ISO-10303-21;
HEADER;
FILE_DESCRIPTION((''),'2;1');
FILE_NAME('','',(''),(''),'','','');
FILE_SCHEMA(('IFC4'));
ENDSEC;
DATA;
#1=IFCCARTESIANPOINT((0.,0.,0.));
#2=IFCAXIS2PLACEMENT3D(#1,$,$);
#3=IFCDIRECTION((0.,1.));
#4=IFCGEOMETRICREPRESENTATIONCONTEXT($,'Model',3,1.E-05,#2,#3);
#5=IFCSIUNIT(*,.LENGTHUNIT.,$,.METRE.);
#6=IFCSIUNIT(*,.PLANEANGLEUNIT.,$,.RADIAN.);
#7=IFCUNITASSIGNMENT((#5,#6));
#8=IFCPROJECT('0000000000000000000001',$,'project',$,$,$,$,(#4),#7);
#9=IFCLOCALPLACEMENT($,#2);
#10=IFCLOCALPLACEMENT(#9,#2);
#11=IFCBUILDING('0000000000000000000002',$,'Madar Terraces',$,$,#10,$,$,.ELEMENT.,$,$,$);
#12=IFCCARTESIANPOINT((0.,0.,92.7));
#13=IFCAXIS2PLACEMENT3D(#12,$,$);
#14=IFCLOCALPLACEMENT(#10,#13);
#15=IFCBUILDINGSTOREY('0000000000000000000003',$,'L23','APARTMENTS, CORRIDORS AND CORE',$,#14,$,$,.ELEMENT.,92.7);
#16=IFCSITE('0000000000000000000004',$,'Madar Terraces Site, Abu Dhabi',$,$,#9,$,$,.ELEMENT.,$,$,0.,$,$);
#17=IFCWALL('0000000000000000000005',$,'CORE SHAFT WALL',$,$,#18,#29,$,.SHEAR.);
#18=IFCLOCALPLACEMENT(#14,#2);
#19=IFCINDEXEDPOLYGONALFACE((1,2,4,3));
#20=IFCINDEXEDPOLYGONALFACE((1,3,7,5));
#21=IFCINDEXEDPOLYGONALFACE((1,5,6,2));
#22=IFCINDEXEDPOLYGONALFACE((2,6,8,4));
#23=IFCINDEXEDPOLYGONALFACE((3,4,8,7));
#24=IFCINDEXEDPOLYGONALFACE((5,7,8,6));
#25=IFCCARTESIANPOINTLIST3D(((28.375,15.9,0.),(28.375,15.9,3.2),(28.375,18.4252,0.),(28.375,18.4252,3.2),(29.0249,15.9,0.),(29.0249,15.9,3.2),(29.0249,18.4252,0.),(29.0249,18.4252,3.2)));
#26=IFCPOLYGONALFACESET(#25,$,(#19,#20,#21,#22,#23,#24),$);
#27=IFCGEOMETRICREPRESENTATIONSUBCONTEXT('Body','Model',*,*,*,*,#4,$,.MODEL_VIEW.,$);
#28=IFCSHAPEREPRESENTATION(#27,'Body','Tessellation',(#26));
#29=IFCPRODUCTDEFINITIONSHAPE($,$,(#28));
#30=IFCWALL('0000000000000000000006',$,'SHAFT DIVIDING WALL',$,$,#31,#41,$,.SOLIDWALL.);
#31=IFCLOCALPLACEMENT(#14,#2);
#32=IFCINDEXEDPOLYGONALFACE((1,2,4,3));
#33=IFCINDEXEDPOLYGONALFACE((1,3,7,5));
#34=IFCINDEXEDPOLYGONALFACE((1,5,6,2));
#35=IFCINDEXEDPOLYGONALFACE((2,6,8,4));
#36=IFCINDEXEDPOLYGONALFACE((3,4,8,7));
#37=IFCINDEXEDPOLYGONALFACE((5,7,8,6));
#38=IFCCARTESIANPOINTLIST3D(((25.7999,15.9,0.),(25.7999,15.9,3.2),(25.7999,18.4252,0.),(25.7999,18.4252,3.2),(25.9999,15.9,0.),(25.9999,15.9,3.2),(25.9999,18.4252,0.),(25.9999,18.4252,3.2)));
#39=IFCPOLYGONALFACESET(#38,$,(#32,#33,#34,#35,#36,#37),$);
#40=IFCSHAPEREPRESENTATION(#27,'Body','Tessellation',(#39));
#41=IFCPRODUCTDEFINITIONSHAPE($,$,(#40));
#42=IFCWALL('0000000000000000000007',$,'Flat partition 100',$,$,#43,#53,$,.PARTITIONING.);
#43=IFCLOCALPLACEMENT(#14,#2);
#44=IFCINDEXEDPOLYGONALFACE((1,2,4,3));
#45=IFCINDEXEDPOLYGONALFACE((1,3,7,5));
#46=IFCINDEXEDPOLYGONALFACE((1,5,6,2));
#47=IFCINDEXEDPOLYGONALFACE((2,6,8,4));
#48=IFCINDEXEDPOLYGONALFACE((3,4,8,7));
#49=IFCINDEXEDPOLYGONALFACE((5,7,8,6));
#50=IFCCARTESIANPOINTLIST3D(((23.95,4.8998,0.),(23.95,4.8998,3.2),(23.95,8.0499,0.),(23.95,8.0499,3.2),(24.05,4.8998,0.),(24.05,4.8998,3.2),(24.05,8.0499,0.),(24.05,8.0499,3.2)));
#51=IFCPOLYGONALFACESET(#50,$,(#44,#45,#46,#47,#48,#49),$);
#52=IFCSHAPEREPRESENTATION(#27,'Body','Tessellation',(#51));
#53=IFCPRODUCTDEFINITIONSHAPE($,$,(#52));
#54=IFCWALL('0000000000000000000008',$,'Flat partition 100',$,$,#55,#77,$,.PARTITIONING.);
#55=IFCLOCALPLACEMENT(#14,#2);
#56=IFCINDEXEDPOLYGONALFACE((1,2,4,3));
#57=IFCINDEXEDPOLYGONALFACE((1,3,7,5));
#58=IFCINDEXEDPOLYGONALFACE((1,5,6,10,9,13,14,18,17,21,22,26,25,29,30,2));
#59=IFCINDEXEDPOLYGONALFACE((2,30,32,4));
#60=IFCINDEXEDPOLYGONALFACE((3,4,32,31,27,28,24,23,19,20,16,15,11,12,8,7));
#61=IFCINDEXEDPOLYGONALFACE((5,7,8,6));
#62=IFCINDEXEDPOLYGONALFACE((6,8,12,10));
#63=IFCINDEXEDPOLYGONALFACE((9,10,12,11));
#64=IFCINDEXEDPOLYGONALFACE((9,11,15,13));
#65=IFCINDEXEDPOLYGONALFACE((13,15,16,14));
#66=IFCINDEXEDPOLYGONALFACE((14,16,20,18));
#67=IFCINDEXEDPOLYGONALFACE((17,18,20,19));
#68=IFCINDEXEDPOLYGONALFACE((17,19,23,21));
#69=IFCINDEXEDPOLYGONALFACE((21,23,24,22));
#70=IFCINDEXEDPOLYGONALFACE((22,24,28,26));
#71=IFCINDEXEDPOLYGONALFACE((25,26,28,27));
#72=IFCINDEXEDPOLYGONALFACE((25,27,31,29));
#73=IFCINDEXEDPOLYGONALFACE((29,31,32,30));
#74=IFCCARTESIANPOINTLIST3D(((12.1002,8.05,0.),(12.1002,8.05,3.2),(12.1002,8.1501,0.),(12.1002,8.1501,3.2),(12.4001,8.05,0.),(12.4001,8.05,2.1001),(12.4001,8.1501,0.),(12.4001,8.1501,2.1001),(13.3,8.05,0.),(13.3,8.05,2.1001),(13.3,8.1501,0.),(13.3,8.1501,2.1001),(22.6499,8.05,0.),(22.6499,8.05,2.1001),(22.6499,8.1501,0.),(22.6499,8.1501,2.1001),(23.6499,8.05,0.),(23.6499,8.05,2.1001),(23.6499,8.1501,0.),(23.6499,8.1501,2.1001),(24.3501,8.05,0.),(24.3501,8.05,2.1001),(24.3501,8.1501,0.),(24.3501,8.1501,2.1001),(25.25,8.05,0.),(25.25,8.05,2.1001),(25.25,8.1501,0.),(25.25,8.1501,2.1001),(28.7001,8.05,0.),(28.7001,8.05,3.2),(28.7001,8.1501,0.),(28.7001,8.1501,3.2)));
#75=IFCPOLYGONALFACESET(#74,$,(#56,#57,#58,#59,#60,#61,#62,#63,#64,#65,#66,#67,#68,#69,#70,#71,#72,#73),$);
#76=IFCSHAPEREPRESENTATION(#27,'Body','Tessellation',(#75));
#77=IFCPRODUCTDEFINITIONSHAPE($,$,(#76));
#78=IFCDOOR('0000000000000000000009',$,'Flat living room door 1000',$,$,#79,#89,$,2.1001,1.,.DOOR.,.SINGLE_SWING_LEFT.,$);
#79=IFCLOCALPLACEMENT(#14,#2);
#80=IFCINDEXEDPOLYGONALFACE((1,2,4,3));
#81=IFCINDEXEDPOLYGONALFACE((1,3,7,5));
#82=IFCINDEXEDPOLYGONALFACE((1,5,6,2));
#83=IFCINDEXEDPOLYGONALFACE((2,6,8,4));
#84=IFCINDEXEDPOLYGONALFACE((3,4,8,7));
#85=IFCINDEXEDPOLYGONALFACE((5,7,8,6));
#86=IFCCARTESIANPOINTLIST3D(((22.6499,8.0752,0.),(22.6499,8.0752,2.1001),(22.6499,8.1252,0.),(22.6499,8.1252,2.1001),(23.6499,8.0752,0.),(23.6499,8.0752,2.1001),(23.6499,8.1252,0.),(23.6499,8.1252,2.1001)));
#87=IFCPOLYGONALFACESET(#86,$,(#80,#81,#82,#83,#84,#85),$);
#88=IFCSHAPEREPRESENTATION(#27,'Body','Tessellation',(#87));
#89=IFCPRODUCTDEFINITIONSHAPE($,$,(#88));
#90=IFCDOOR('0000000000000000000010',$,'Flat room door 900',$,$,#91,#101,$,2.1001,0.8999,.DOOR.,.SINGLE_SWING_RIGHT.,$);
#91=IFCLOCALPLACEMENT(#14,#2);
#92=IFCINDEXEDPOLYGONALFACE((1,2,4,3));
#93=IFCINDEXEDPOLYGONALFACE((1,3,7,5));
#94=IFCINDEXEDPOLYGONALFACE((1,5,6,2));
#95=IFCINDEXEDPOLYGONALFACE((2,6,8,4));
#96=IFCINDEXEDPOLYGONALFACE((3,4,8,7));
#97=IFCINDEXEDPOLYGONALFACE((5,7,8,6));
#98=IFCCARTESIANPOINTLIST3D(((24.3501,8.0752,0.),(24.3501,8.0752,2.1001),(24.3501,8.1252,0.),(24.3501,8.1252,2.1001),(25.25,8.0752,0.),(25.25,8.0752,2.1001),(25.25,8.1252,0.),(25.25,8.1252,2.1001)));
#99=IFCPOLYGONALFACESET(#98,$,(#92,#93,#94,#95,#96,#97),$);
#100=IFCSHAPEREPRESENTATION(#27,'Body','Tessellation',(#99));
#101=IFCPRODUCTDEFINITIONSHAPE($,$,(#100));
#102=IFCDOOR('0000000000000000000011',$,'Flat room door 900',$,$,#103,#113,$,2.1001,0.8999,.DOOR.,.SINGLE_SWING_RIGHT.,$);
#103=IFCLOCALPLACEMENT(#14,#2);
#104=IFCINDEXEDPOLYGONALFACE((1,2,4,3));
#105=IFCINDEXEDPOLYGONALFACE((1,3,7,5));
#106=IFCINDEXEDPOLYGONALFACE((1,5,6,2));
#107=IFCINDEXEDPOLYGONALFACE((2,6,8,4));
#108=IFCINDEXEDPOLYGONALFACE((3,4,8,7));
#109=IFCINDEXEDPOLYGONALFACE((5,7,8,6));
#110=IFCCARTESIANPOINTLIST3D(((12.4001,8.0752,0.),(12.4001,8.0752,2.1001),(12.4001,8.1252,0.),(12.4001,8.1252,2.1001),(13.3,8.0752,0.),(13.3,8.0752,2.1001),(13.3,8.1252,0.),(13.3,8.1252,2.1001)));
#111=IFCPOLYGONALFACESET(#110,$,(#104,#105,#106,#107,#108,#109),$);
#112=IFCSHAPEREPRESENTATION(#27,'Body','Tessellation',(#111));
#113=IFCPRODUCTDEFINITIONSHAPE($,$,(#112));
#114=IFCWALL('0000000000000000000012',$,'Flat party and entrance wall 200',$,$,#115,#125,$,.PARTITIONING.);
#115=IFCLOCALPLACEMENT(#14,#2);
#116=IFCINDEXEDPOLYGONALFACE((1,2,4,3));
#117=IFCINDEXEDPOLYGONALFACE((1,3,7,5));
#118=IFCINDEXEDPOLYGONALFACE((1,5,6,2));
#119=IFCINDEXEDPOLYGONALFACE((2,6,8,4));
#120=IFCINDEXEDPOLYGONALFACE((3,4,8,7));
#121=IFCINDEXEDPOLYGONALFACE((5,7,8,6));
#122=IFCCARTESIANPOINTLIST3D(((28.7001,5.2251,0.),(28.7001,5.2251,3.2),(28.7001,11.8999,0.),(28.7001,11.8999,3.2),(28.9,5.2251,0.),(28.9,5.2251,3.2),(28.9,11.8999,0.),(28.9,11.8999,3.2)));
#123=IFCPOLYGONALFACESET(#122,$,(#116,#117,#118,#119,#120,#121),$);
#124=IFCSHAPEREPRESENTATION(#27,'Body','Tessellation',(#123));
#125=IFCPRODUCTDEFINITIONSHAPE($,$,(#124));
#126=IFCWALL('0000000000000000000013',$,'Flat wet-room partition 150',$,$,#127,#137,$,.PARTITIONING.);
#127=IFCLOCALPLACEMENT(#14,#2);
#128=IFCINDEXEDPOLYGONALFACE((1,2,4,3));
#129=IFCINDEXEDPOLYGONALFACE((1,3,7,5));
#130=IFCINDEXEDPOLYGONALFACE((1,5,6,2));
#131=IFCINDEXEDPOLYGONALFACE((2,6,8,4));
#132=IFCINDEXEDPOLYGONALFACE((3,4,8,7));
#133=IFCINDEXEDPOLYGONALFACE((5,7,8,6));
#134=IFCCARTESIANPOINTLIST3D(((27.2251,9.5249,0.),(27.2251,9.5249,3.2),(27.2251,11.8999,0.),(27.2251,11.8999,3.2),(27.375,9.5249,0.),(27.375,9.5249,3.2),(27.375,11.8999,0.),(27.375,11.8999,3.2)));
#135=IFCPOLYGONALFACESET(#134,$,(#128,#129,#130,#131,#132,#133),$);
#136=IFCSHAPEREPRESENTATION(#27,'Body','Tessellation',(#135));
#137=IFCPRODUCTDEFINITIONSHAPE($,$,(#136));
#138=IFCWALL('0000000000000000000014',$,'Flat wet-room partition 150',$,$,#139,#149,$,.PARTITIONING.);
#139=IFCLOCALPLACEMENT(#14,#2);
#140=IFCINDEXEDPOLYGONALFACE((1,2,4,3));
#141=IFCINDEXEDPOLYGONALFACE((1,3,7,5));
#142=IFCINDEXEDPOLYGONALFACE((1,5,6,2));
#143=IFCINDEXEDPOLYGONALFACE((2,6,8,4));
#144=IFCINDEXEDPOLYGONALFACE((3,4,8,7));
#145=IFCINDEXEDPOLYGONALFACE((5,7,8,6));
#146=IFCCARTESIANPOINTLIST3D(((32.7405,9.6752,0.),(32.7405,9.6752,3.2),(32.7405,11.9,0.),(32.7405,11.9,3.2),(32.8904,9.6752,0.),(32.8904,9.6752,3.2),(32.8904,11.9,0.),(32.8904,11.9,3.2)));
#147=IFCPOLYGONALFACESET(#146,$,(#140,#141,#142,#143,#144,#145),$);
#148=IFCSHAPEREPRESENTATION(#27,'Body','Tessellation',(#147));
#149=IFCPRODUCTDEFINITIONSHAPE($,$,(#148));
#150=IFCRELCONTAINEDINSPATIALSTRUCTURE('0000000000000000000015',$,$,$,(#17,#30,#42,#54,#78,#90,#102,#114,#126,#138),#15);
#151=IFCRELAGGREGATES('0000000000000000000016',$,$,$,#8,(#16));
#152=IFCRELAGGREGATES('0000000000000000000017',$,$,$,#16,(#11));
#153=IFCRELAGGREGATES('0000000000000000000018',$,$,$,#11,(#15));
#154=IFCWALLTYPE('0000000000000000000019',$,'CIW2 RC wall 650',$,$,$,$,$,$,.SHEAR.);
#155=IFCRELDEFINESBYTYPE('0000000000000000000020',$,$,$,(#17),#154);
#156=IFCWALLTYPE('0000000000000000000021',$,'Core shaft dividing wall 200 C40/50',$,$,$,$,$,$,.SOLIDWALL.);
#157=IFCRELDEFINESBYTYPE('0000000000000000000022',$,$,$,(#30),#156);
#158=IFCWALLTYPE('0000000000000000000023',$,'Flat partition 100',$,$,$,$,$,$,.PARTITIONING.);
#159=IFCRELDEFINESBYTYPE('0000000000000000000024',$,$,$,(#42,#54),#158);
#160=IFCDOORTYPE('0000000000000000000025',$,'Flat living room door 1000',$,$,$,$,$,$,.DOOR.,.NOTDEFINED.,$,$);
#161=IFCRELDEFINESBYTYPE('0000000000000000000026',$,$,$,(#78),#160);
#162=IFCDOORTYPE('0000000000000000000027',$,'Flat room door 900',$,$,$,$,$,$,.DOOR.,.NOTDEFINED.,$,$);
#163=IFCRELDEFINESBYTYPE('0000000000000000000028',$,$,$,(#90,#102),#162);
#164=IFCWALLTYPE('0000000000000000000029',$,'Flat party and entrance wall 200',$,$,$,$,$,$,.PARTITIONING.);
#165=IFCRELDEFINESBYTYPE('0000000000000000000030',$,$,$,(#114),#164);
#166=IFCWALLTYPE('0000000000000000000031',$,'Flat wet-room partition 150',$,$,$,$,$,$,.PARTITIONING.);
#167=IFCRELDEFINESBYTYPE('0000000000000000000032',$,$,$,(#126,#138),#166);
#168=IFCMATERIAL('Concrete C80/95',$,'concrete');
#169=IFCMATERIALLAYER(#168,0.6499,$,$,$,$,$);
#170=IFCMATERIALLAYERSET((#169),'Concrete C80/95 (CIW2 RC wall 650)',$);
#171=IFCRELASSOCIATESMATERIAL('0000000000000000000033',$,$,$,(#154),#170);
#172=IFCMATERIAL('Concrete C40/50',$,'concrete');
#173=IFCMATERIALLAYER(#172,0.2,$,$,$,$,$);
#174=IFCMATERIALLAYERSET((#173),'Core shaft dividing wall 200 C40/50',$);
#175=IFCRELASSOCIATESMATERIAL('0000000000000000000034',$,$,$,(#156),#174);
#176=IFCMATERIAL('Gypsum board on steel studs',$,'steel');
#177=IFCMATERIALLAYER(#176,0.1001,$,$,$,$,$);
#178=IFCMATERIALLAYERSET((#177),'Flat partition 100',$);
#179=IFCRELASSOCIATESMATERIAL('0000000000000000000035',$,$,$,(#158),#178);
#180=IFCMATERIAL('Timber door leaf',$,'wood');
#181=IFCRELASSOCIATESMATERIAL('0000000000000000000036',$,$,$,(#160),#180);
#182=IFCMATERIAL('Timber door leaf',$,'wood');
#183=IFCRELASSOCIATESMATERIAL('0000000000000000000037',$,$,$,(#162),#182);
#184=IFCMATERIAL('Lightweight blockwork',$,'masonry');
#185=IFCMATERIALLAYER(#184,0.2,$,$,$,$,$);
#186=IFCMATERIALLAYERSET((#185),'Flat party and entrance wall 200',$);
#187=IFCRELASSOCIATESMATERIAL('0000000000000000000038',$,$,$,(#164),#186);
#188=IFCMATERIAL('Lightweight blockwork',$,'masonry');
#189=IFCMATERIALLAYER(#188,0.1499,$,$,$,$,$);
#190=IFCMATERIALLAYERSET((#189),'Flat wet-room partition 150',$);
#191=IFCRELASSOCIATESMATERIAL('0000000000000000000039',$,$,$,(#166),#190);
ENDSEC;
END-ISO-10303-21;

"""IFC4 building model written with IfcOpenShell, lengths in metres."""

from ifc_helpers import new_model, si_unit, direction, frame, frame_2d, origin, place, context, subcontext, project, spatial, rectangle, extrude, material, layer, layer_set, type_object, element, fill, save


model = new_model("IFC4")

# Units and contexts
model_context = context("Model", 3, precision=1e-05, world=origin(), true_north=direction((0.0, 1.0)))
body_context = subcontext(model_context, "Body", "Model", "MODEL_VIEW")
ifc_project = project(units=[si_unit("LENGTHUNIT", "METRE"), si_unit("PLANEANGLEUNIT", "RADIAN")], contexts=[model_context])

# Site, building, storey
site_placement = place(None, origin())
site = spatial("IfcSite", under=ifc_project, at=site_placement, Name="Madar Terraces Site, Abu Dhabi", CompositionType="ELEMENT", RefElevation=0.0)
building_placement = place(site_placement, origin())
building = spatial("IfcBuilding", under=site, at=building_placement, Name="Madar Terraces", CompositionType="ELEMENT")
storey_placement = place(building_placement, frame((0.0, 0.0, 92.7)))
storey = spatial("IfcBuildingStorey", under=building, at=storey_placement, Name="L23", Description="APARTMENTS, CORRIDORS AND CORE", CompositionType="ELEMENT", Elevation=92.7)

# Shared definitions
ifc_material_1 = material(Name="Concrete C80/95", Category="concrete")
ifc_layer_1 = layer(ifc_material_1, 0.6499)
ifc_layer_set_1 = layer_set([ifc_layer_1], Name="Concrete C80/95 (CIW2 RC wall 650)")
wall_type_1 = type_object("IfcWallType", Name="CIW2 RC wall 650", PredefinedType="SHEAR", material=ifc_layer_set_1)

# Walls
wall_1_placement = place(storey_placement, frame((28.7, 15.8999, 0.0), z_axis=(0.0, 0.0, 1.0), x_axis=(0.0, 1.0, 0.0)))
element("IfcWall", 1, at=wall_1_placement, inside=storey, type_object=wall_type_1, Name="CORE SHAFT WALL", PredefinedType="SHEAR", context=body_context, shape_type="SweptSolid", body=[
    extrude(rectangle(XDim=2.5251, YDim=0.6499, at=frame_2d((1.2627, 0.0))), origin(), (0.0, 0.0, 1.0), 3.2),
])
ifc_material_2 = material(Name="Concrete C40/50", Category="concrete")
ifc_layer_2 = layer(ifc_material_2, 0.2)
ifc_layer_set_2 = layer_set([ifc_layer_2], Name="Core shaft dividing wall 200 C40/50")
wall_type_2 = type_object("IfcWallType", Name="Core shaft dividing wall 200 C40/50", PredefinedType="SOLIDWALL", material=ifc_layer_set_2)
wall_2_placement = place(storey_placement, frame((25.8999, 15.8999, 0.0), z_axis=(0.0, 0.0, 1.0), x_axis=(0.0, 1.0, 0.0)))
element("IfcWall", 2, at=wall_2_placement, inside=storey, type_object=wall_type_2, Name="SHAFT DIVIDING WALL", PredefinedType="SOLIDWALL", context=body_context, shape_type="SweptSolid", body=[
    extrude(rectangle(XDim=2.5251, YDim=0.2, at=frame_2d((1.2627, 0.0))), origin(), (0.0, 0.0, 1.0), 3.2),
])
ifc_material_3 = material(Name="Gypsum board on steel studs", Category="steel")
ifc_layer_3 = layer(ifc_material_3, 0.1001)
ifc_layer_set_3 = layer_set([ifc_layer_3], Name="Flat partition 100")
wall_type_3 = type_object("IfcWallType", Name="Flat partition 100", PredefinedType="PARTITIONING", material=ifc_layer_set_3)
wall_3_placement = place(storey_placement, frame((24.0, 8.05, 0.0), z_axis=(0.0, 0.0, 1.0), x_axis=(0.0, -1.0, 0.0)))
element("IfcWall", 3, at=wall_3_placement, inside=storey, type_object=wall_type_3, Name="Flat partition 100", PredefinedType="PARTITIONING", context=body_context, shape_type="SweptSolid", body=[
    extrude(rectangle(XDim=3.1501, YDim=0.1001, at=frame_2d((1.5752, 0.0))), origin(), (0.0, 0.0, 1.0), 3.2),
])

# Wall, openings, doors
wall_4_placement = place(storey_placement, frame((28.7, 8.1001, 0.0), z_axis=(0.0, 0.0, 1.0), x_axis=(-1.0, 0.0, 0.0)))
wall_4 = element("IfcWall", 4, at=wall_4_placement, inside=storey, type_object=wall_type_3, Name="Flat partition 100", PredefinedType="PARTITIONING", context=body_context, shape_type="SweptSolid", body=[
    extrude(rectangle(XDim=16.5999, YDim=0.1001, at=frame_2d((8.2998, 0.0))), origin(), (0.0, 0.0, 1.0), 3.2),
])
opening_1_placement = place(wall_4_placement, frame((3.45, 0.0, 0.0)))
opening_1 = element("IfcOpeningElement", 5, at=opening_1_placement, cuts=wall_4, PredefinedType="OPENING", context=body_context, shape_type="SweptSolid", body=[
    extrude(rectangle(XDim=0.8999, YDim=2.1001, at=frame_2d((0.45, 1.05))), frame((0.0, 0.0601, 0.0), z_axis=(0.0, -1.0, 0.0), x_axis=(1.0, 0.0, 0.0)), (0.0, 0.0, 1.0), 0.1201),
])
opening_2_placement = place(wall_4_placement, frame((5.05, 0.0, 0.0)))
opening_2 = element("IfcOpeningElement", 6, at=opening_2_placement, cuts=wall_4, PredefinedType="OPENING", context=body_context, shape_type="SweptSolid", body=[
    extrude(rectangle(XDim=1.0, YDim=2.1001, at=frame_2d((0.5, 1.05))), frame((0.0, 0.0601, 0.0), z_axis=(0.0, -1.0, 0.0), x_axis=(1.0, 0.0, 0.0)), (0.0, 0.0, 1.0), 0.1201),
])
opening_3_placement = place(wall_4_placement, frame((15.3999, 0.0, 0.0)))
opening_3 = element("IfcOpeningElement", 7, at=opening_3_placement, cuts=wall_4, PredefinedType="OPENING", context=body_context, shape_type="SweptSolid", body=[
    extrude(rectangle(XDim=0.8999, YDim=2.1001, at=frame_2d((0.45, 1.05))), frame((0.0, 0.0601, 0.0), z_axis=(0.0, -1.0, 0.0), x_axis=(1.0, 0.0, 0.0)), (0.0, 0.0, 1.0), 0.1201),
])
ifc_material_4 = material(Name="Timber door leaf", Category="wood")
door_type_1 = type_object("IfcDoorType", Name="Flat living room door 1000", OperationType="NOTDEFINED", PredefinedType="DOOR", material=ifc_material_4)
door_1_placement = place(opening_2_placement, origin())
door_1 = element("IfcDoor", 8, at=door_1_placement, inside=storey, type_object=door_type_1, Name="Flat living room door 1000", OperationType="SINGLE_SWING_LEFT", OverallHeight=2.1001, OverallWidth=1.0, PredefinedType="DOOR", context=body_context, shape_type="SweptSolid", body=[
    extrude(rectangle(XDim=1.0, YDim=2.1001, at=frame_2d((0.5, 1.05))), frame((0.0, 0.0249, 0.0), z_axis=(0.0, -1.0, 0.0), x_axis=(1.0, 0.0, 0.0)), (0.0, 0.0, 1.0), 0.05),
])
fill(opening_2, door_1)
ifc_material_5 = material(Name="Timber door leaf", Category="wood")
door_type_2 = type_object("IfcDoorType", Name="Flat room door 900", OperationType="NOTDEFINED", PredefinedType="DOOR", material=ifc_material_5)
door_2_placement = place(opening_1_placement, origin())
door_2 = element("IfcDoor", 9, at=door_2_placement, inside=storey, type_object=door_type_2, Name="Flat room door 900", OperationType="SINGLE_SWING_RIGHT", OverallHeight=2.1001, OverallWidth=0.8999, PredefinedType="DOOR", context=body_context, shape_type="SweptSolid", body=[
    extrude(rectangle(XDim=0.8999, YDim=2.1001, at=frame_2d((0.45, 1.05))), frame((0.0, 0.0249, 0.0), z_axis=(0.0, -1.0, 0.0), x_axis=(1.0, 0.0, 0.0)), (0.0, 0.0, 1.0), 0.05),
])
fill(opening_1, door_2)
door_3_placement = place(opening_3_placement, origin())
door_3 = element("IfcDoor", 10, at=door_3_placement, inside=storey, type_object=door_type_2, Name="Flat room door 900", OperationType="SINGLE_SWING_RIGHT", OverallHeight=2.1001, OverallWidth=0.8999, PredefinedType="DOOR", context=body_context, shape_type="SweptSolid", body=[
    extrude(rectangle(XDim=0.8999, YDim=2.1001, at=frame_2d((0.45, 1.05))), frame((0.0, 0.0249, 0.0), z_axis=(0.0, -1.0, 0.0), x_axis=(1.0, 0.0, 0.0)), (0.0, 0.0, 1.0), 0.05),
])
fill(opening_3, door_3)

# Walls
ifc_material_6 = material(Name="Lightweight blockwork", Category="masonry")
ifc_layer_4 = layer(ifc_material_6, 0.2)
ifc_layer_set_4 = layer_set([ifc_layer_4], Name="Flat party and entrance wall 200")
wall_type_4 = type_object("IfcWallType", Name="Flat party and entrance wall 200", PredefinedType="PARTITIONING", material=ifc_layer_set_4)
wall_5_placement = place(storey_placement, frame((28.8, 11.8999, 0.0), z_axis=(0.0, 0.0, 1.0), x_axis=(0.0, -1.0, 0.0)))
element("IfcWall", 11, at=wall_5_placement, inside=storey, type_object=wall_type_4, Name="Flat party and entrance wall 200", PredefinedType="PARTITIONING", context=body_context, shape_type="SweptSolid", body=[
    extrude(rectangle(XDim=6.6748, YDim=0.2, at=frame_2d((3.3374, 0.0))), origin(), (0.0, 0.0, 1.0), 3.2),
])
ifc_material_7 = material(Name="Lightweight blockwork", Category="masonry")
ifc_layer_5 = layer(ifc_material_7, 0.1499)
ifc_layer_set_5 = layer_set([ifc_layer_5], Name="Flat wet-room partition 150")
wall_type_5 = type_object("IfcWallType", Name="Flat wet-room partition 150", PredefinedType="PARTITIONING", material=ifc_layer_set_5)
wall_6_placement = place(storey_placement, frame((27.3, 11.8999, 0.0), z_axis=(0.0, 0.0, 1.0), x_axis=(0.0, -1.0, 0.0)))
element("IfcWall", 12, at=wall_6_placement, inside=storey, type_object=wall_type_5, Name="Flat wet-room partition 150", PredefinedType="PARTITIONING", context=body_context, shape_type="SweptSolid", body=[
    extrude(rectangle(XDim=2.375, YDim=0.1499, at=frame_2d((1.1875, 0.0))), origin(), (0.0, 0.0, 1.0), 3.2),
])
wall_7_placement = place(storey_placement, frame((32.8154, 11.8999, 0.0), z_axis=(0.0, 0.0, 1.0), x_axis=(0.0, -1.0, 0.0)))
element("IfcWall", 13, at=wall_7_placement, inside=storey, type_object=wall_type_5, Name="Flat wet-room partition 150", PredefinedType="PARTITIONING", context=body_context, shape_type="SweptSolid", body=[
    extrude(rectangle(XDim=2.2249, YDim=0.1499, at=frame_2d((1.1123, 0.0))), origin(), (0.0, 0.0, 1.0), 3.2),
])

save(model, "model.ifc")
